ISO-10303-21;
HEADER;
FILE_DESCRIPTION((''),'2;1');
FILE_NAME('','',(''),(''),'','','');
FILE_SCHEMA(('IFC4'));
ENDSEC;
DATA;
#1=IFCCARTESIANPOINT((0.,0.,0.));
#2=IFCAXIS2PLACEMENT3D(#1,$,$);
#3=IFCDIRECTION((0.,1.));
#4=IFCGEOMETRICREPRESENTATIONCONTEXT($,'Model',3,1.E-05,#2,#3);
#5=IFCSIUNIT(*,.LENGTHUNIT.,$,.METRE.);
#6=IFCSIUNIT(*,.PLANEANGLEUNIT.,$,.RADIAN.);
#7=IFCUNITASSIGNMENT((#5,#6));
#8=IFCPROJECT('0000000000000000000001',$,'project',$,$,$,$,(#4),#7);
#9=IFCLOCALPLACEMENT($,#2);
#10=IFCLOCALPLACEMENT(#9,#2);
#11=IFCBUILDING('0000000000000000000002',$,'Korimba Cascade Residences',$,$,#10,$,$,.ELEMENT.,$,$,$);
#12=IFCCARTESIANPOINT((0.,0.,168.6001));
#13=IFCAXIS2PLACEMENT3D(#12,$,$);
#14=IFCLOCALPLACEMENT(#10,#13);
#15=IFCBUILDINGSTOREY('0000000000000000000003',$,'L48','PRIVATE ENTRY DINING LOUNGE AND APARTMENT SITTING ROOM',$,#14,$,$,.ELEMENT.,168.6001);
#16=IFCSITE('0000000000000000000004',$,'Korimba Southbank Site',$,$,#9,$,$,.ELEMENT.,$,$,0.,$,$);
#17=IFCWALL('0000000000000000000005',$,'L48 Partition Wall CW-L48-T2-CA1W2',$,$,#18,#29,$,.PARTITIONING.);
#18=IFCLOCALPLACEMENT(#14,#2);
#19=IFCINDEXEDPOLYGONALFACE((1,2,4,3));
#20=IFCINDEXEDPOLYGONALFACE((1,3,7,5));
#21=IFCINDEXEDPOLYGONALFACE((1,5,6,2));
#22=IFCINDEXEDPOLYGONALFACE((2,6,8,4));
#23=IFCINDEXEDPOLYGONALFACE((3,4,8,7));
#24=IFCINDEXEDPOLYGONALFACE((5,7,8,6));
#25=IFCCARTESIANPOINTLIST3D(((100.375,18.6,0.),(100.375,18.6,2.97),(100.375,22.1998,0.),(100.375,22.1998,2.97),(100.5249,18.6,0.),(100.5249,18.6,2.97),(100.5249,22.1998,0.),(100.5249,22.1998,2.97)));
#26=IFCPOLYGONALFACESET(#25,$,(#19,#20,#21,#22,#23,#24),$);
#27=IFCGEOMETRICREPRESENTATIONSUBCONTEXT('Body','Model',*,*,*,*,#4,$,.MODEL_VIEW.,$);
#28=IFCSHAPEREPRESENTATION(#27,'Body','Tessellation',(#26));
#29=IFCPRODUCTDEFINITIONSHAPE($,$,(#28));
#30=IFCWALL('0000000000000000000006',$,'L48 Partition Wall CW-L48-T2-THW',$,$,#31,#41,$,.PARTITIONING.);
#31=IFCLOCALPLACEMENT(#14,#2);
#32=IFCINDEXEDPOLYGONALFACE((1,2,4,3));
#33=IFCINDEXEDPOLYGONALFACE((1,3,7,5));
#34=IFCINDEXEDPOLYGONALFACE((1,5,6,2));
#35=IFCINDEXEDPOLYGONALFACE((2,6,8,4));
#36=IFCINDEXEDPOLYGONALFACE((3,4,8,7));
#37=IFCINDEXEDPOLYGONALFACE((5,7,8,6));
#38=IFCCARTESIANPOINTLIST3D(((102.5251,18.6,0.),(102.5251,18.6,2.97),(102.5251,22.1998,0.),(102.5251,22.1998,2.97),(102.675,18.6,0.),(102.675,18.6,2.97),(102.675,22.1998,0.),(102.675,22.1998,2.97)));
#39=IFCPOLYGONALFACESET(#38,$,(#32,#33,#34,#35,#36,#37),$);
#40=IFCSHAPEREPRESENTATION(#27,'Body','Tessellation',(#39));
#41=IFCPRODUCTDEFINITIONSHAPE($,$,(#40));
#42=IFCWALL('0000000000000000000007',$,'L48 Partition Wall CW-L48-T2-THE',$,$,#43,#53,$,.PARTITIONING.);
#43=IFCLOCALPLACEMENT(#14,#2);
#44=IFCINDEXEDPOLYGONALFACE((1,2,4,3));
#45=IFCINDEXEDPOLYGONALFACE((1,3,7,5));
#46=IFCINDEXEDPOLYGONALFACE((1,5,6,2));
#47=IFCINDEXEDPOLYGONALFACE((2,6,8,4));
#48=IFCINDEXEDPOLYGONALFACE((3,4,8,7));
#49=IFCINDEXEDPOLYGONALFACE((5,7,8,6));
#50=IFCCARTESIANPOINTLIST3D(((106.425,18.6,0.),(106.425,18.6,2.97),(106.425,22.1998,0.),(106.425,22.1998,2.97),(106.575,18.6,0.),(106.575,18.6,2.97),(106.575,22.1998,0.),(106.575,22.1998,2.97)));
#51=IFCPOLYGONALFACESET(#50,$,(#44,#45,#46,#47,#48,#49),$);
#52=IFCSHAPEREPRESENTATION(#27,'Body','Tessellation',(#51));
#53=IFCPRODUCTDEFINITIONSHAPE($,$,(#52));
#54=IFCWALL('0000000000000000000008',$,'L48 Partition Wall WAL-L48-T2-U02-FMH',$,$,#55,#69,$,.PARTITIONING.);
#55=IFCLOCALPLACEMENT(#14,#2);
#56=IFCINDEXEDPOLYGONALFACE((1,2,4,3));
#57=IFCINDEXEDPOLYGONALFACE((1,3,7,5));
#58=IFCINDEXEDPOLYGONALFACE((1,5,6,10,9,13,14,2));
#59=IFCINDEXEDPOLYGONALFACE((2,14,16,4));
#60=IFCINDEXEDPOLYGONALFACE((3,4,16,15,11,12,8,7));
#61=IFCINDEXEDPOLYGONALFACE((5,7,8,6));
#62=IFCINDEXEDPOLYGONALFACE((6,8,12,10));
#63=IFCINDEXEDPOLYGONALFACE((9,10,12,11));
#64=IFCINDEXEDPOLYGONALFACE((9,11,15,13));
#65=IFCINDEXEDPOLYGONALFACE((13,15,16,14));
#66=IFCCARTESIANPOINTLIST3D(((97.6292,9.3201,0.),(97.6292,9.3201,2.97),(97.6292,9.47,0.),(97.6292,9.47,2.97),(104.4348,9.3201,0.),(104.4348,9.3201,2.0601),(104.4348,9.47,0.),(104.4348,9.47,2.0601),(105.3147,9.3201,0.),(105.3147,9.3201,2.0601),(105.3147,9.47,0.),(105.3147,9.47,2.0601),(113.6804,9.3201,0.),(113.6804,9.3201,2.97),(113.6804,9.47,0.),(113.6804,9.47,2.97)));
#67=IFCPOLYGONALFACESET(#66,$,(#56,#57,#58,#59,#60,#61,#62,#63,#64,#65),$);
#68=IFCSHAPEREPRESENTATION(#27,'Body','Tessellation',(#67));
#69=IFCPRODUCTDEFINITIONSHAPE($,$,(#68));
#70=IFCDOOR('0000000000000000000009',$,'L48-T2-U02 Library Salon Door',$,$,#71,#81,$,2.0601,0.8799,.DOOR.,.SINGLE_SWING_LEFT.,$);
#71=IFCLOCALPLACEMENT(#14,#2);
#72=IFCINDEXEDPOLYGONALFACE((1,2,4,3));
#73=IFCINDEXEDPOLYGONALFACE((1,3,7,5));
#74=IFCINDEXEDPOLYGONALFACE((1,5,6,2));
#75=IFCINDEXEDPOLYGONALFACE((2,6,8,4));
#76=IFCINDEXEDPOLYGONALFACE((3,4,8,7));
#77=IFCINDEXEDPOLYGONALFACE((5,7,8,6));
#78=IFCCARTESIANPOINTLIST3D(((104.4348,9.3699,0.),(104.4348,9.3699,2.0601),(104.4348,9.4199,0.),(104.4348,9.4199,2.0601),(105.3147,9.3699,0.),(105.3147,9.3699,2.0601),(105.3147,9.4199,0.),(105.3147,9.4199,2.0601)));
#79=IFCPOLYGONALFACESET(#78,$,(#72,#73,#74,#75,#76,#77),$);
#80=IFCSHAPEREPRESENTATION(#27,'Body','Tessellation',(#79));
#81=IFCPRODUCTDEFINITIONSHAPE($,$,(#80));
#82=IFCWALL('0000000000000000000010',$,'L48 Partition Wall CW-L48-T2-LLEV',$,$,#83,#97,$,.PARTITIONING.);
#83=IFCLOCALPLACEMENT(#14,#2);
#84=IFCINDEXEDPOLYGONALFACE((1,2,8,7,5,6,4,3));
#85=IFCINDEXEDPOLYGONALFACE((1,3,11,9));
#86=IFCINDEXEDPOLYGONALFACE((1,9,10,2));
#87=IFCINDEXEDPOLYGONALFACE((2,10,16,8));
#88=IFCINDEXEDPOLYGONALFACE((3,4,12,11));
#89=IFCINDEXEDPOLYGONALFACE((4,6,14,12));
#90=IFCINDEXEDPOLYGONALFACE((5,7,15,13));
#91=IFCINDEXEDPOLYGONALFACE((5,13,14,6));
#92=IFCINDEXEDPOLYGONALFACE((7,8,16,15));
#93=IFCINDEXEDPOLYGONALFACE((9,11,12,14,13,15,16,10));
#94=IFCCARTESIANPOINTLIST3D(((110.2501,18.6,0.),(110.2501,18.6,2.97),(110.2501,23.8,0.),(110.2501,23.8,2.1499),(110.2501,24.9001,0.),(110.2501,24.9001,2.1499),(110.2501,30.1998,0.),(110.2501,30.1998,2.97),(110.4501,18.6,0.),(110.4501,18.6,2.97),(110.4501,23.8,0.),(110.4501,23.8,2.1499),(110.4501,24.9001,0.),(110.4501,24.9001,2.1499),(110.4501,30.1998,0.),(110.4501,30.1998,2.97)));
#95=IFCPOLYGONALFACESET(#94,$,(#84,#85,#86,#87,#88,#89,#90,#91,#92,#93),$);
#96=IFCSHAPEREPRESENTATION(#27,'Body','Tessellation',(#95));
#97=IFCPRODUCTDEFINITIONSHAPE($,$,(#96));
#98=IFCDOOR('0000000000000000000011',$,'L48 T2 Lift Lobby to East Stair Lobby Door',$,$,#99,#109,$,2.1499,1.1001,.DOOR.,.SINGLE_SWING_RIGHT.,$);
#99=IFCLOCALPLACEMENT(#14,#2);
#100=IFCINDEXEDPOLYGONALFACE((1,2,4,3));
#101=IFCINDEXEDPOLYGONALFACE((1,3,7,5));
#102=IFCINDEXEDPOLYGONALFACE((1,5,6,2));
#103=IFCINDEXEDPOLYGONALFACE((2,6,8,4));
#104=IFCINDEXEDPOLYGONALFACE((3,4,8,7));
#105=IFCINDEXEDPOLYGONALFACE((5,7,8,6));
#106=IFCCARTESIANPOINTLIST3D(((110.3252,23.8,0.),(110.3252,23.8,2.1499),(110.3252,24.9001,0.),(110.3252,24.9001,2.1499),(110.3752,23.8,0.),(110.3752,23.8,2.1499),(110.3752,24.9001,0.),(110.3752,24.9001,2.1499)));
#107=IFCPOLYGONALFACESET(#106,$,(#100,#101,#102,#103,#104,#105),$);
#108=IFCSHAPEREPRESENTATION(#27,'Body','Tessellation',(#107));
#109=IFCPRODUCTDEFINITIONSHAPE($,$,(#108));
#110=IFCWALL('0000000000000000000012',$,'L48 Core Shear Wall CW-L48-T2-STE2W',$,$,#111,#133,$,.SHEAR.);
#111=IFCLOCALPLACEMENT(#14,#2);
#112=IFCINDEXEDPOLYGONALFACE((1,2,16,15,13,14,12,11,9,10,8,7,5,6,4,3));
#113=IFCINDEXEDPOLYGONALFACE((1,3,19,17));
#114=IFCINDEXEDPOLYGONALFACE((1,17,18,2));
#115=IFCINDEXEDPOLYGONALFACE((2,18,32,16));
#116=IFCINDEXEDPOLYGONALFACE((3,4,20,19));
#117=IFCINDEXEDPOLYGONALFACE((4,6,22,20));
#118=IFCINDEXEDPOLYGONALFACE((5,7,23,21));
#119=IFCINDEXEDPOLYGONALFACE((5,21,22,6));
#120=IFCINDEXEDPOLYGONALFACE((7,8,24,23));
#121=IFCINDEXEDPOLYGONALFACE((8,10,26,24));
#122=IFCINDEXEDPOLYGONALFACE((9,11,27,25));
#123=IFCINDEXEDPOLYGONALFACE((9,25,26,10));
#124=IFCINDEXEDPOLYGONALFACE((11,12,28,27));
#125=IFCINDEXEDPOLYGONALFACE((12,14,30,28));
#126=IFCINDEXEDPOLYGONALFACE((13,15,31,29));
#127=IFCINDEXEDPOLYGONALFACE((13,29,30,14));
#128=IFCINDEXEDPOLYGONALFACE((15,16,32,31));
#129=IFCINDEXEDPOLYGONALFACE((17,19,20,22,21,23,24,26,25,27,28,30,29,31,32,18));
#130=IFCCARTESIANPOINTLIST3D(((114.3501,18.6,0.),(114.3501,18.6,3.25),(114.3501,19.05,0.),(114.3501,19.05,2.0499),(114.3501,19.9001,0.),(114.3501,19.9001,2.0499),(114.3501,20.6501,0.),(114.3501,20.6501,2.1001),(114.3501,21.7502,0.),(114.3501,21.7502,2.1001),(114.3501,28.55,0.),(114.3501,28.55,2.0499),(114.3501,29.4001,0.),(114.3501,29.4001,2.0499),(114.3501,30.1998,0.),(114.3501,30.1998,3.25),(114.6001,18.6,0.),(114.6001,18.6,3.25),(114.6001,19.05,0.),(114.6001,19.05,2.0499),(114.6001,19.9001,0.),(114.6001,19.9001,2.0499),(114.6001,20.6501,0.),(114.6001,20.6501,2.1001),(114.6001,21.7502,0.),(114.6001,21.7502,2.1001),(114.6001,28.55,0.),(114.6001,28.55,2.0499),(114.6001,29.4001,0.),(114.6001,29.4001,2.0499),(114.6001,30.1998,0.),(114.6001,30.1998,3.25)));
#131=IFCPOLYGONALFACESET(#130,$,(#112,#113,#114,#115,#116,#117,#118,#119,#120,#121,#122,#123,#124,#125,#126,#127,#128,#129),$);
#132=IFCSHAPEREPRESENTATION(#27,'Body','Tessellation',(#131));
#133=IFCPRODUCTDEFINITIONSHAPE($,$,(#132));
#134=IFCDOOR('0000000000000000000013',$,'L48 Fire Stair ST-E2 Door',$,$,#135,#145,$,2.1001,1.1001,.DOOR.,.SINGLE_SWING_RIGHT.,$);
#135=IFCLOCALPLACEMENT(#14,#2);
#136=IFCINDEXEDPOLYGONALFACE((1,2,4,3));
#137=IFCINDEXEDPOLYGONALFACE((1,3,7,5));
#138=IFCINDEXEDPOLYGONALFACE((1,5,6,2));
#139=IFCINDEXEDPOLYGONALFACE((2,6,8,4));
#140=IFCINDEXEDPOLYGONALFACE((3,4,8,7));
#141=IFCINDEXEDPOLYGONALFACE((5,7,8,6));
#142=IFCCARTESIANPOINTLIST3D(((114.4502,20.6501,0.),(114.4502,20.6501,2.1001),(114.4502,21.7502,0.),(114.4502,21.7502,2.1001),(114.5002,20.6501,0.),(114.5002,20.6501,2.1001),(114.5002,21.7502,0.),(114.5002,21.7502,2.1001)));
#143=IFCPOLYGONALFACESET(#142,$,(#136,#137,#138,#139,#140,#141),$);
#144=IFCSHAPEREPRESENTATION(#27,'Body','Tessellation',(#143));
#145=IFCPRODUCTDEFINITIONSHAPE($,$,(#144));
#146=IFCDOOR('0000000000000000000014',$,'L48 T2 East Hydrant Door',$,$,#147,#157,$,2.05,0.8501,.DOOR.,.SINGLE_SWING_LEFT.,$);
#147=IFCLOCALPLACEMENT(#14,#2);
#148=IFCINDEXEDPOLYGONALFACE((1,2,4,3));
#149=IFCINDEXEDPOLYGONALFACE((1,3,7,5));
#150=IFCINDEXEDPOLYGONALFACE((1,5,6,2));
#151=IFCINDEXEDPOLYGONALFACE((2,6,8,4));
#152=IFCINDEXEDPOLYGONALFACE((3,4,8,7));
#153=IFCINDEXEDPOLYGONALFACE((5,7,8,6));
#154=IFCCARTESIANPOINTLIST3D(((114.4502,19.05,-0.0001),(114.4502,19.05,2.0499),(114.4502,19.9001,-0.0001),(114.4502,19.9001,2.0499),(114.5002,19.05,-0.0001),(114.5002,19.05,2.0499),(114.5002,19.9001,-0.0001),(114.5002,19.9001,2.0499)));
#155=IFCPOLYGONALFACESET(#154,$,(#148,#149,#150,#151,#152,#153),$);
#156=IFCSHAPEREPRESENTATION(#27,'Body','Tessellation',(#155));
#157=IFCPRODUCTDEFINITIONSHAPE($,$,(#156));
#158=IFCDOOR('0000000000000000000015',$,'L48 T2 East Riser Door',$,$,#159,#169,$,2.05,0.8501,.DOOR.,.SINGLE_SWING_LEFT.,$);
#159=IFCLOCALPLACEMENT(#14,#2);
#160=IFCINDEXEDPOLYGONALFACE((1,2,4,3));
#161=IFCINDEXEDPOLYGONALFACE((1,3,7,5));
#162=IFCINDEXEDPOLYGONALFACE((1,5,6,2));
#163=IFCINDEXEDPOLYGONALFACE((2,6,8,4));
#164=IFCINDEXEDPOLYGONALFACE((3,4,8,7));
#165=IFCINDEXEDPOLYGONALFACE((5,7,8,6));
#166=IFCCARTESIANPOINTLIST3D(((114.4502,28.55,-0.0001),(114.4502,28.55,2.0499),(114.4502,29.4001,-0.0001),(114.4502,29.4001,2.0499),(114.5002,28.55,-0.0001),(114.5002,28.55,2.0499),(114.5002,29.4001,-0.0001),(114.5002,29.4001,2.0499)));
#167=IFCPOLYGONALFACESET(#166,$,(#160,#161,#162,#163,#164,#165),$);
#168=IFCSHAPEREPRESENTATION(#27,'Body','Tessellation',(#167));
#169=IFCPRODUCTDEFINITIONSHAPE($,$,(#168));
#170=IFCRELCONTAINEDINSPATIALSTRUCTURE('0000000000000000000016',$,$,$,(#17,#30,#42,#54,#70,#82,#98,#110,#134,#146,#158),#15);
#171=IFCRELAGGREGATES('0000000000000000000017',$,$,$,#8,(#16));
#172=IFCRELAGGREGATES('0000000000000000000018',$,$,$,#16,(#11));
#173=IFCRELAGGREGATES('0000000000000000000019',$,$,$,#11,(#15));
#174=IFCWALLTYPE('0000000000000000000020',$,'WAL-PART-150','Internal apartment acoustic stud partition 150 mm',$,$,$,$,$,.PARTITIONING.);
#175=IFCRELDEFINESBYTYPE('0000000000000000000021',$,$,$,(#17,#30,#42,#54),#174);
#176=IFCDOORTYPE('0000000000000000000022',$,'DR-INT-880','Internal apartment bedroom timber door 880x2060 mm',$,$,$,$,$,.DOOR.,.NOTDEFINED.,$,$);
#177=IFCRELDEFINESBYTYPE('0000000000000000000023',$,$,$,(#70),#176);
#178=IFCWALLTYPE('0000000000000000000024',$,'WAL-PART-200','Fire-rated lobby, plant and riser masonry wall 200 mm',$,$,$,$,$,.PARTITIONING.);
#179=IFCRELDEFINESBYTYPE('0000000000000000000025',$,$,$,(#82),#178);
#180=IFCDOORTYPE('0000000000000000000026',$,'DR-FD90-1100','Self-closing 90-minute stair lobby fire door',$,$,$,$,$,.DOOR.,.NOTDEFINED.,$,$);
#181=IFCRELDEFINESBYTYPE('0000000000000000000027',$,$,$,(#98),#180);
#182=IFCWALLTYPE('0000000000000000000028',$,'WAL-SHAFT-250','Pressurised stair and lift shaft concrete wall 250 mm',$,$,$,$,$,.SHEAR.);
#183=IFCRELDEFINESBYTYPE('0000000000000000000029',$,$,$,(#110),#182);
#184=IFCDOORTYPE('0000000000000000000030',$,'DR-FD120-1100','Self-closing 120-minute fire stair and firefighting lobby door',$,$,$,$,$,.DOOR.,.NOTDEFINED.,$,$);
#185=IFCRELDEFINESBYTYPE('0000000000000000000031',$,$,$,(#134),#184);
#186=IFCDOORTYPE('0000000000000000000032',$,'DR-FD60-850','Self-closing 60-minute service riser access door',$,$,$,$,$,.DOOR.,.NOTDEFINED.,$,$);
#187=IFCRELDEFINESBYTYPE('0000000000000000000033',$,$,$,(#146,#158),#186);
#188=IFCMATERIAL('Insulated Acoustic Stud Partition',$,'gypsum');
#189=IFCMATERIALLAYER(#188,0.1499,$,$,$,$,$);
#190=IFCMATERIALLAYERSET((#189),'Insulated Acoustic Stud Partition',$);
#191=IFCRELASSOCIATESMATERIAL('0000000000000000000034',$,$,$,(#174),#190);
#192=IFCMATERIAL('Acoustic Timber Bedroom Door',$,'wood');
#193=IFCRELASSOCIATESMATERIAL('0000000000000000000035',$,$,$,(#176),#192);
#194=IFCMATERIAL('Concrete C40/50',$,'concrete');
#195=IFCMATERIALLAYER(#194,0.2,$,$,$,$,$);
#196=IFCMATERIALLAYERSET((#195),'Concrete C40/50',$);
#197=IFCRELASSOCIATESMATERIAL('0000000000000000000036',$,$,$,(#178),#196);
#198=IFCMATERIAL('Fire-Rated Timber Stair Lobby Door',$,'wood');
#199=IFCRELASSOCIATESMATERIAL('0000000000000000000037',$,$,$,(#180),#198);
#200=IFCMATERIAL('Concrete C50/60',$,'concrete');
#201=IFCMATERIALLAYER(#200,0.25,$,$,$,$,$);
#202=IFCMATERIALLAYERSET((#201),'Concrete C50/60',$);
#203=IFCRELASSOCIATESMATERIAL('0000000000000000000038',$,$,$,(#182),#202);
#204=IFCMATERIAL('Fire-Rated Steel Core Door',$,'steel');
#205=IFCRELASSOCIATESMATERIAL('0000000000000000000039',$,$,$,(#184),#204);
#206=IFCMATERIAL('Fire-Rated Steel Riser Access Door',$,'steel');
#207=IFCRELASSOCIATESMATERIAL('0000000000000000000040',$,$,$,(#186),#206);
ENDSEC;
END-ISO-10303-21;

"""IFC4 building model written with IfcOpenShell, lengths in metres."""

from ifc_helpers import new_model, si_unit, direction, frame, frame_2d, origin, place, context, subcontext, project, spatial, rectangle, extrude, material, layer, layer_set, type_object, element, fill, save


model = new_model("IFC4")

# Units and contexts
model_context = context("Model", 3, precision=1e-05, world=origin(), true_north=direction((0.0, 1.0)))
body_context = subcontext(model_context, "Body", "Model", "MODEL_VIEW")
ifc_project = project(units=[si_unit("LENGTHUNIT", "METRE"), si_unit("PLANEANGLEUNIT", "RADIAN")], contexts=[model_context])

# Site, building, storey
site_placement = place(None, origin())
site = spatial("IfcSite", under=ifc_project, at=site_placement, Name="Korimba Southbank Site", CompositionType="ELEMENT", RefElevation=0.0)
building_placement = place(site_placement, origin())
building = spatial("IfcBuilding", under=site, at=building_placement, Name="Korimba Cascade Residences", CompositionType="ELEMENT")
storey_placement = place(building_placement, frame((0.0, 0.0, 168.6001)))
storey = spatial("IfcBuildingStorey", under=building, at=storey_placement, Name="L48", Description="PRIVATE ENTRY DINING LOUNGE AND APARTMENT SITTING ROOM", CompositionType="ELEMENT", Elevation=168.6001)

# Shared definitions
ifc_material_1 = material(Name="Concrete C50/60", Category="concrete")

# Walls
ifc_material_2 = material(Name="Insulated Acoustic Stud Partition", Category="gypsum")
ifc_layer_1 = layer(ifc_material_2, 0.1499)
ifc_layer_set_1 = layer_set([ifc_layer_1], Name="Insulated Acoustic Stud Partition")
wall_type_1 = type_object("IfcWallType", Name="WAL-PART-150", Description="Internal apartment acoustic stud partition 150 mm", PredefinedType="PARTITIONING", material=ifc_layer_set_1)
for number, where, z_axis, x_axis, name in (
    (1, (100.45, 18.6001, 0.0), (0.0, 0.0, 1.0), (0.0, 1.0, 0.0), "L48 Partition Wall CW-L48-T2-CA1W2"),
    (2, (102.6001, 18.6001, 0.0), (0.0, 0.0, 1.0), (0.0, 1.0, 0.0), "L48 Partition Wall CW-L48-T2-THW"),
    (3, (106.5, 18.6001, 0.0), (0.0, 0.0, 1.0), (0.0, 1.0, 0.0), "L48 Partition Wall CW-L48-T2-THE"),
):
    element("IfcWall", number, at=place(storey_placement, frame(where, z_axis=z_axis, x_axis=x_axis)), inside=storey, type_object=wall_type_1, Name=name, PredefinedType="PARTITIONING", context=body_context, shape_type="SweptSolid", body=[
        extrude(rectangle(XDim=3.5999, YDim=0.1499, at=frame_2d((1.7998, 0.0))), origin(), (0.0, 0.0, 1.0), 2.97),
    ])

# Walls, openings, doors
wall_1_placement = place(storey_placement, frame((97.6292, 9.395, 0.0), z_axis=(0.0, 0.0, 1.0), x_axis=(1.0, 0.0, 0.0)))
wall_1 = element("IfcWall", 4, at=wall_1_placement, inside=storey, type_object=wall_type_1, Name="L48 Partition Wall WAL-L48-T2-U02-FMH", PredefinedType="PARTITIONING", context=body_context, shape_type="SweptSolid", body=[
    extrude(rectangle(XDim=16.0513, YDim=0.1499, at=frame_2d((8.0256, 0.0))), origin(), (0.0, 0.0, 1.0), 2.97),
])
opening_1_placement = place(wall_1_placement, frame((6.8057, 0.0, 0.0)))
opening_1 = element("IfcOpeningElement", 5, at=opening_1_placement, cuts=wall_1, PredefinedType="OPENING", context=body_context, shape_type="SweptSolid", body=[
    extrude(rectangle(XDim=0.8799, YDim=2.0601, at=frame_2d((0.4399, 1.03))), frame((0.0, 0.085, 0.0), z_axis=(0.0, -1.0, 0.0), x_axis=(1.0, 0.0, 0.0)), (0.0, 0.0, 1.0), 0.1699),
])
ifc_material_3 = material(Name="Acoustic Timber Bedroom Door", Category="wood")
door_type_1 = type_object("IfcDoorType", Name="DR-INT-880", Description="Internal apartment bedroom timber door 880x2060 mm", OperationType="NOTDEFINED", PredefinedType="DOOR", material=ifc_material_3)
door_1_placement = place(opening_1_placement, origin())
door_1 = element("IfcDoor", 6, at=door_1_placement, inside=storey, type_object=door_type_1, Name="L48-T2-U02 Library Salon Door", OperationType="SINGLE_SWING_LEFT", OverallHeight=2.0601, OverallWidth=0.8799, PredefinedType="DOOR", context=body_context, shape_type="SweptSolid", body=[
    extrude(rectangle(XDim=0.8799, YDim=2.0601, at=frame_2d((0.4399, 1.03))), frame((0.0, 0.0249, 0.0), z_axis=(0.0, -1.0, 0.0), x_axis=(1.0, 0.0, 0.0)), (0.0, 0.0, 1.0), 0.05),
])
fill(opening_1, door_1)
ifc_material_4 = material(Name="Concrete C40/50", Category="concrete")
ifc_layer_2 = layer(ifc_material_4, 0.2)
ifc_layer_set_2 = layer_set([ifc_layer_2], Name="Concrete C40/50")
wall_type_2 = type_object("IfcWallType", Name="WAL-PART-200", Description="Fire-rated lobby, plant and riser masonry wall 200 mm", PredefinedType="PARTITIONING", material=ifc_layer_set_2)
wall_2_placement = place(storey_placement, frame((110.3501, 18.6001, 0.0), z_axis=(0.0, 0.0, 1.0), x_axis=(0.0, 1.0, 0.0)))
wall_2 = element("IfcWall", 7, at=wall_2_placement, inside=storey, type_object=wall_type_2, Name="L48 Partition Wall CW-L48-T2-LLEV", PredefinedType="PARTITIONING", context=body_context, shape_type="SweptSolid", body=[
    extrude(rectangle(XDim=11.5999, YDim=0.2, at=frame_2d((5.7998, 0.0))), origin(), (0.0, 0.0, 1.0), 2.97),
])
opening_2_placement = place(wall_2_placement, frame((5.2, 0.0, 0.0)))
opening_2 = element("IfcOpeningElement", 8, at=opening_2_placement, cuts=wall_2, PredefinedType="OPENING", context=body_context, shape_type="SweptSolid", body=[
    extrude(rectangle(XDim=1.1001, YDim=2.1499, at=frame_2d((0.55, 1.075))), frame((0.0, 0.1099, 0.0), z_axis=(0.0, -1.0, 0.0), x_axis=(1.0, 0.0, 0.0)), (0.0, 0.0, 1.0), 0.22),
])
ifc_material_5 = material(Name="Fire-Rated Timber Stair Lobby Door", Category="wood")
door_type_2 = type_object("IfcDoorType", Name="DR-FD90-1100", Description="Self-closing 90-minute stair lobby fire door", OperationType="NOTDEFINED", PredefinedType="DOOR", material=ifc_material_5)
door_2_placement = place(opening_2_placement, origin())
door_2 = element("IfcDoor", 9, at=door_2_placement, inside=storey, type_object=door_type_2, Name="L48 T2 Lift Lobby to East Stair Lobby Door", OperationType="SINGLE_SWING_RIGHT", OverallHeight=2.1499, OverallWidth=1.1001, PredefinedType="DOOR", context=body_context, shape_type="SweptSolid", body=[
    extrude(rectangle(XDim=1.1001, YDim=2.1499, at=frame_2d((0.55, 1.075))), frame((0.0, 0.0249, 0.0), z_axis=(0.0, -1.0, 0.0), x_axis=(1.0, 0.0, 0.0)), (0.0, 0.0, 1.0), 0.05),
])
fill(opening_2, door_2)

# Wall, openings, doors
ifc_layer_3 = layer(ifc_material_1, 0.25)
ifc_layer_set_3 = layer_set([ifc_layer_3], Name="Concrete C50/60")
wall_type_3 = type_object("IfcWallType", Name="WAL-SHAFT-250", Description="Pressurised stair and lift shaft concrete wall 250 mm", PredefinedType="SHEAR", material=ifc_layer_set_3)
wall_3_placement = place(storey_placement, frame((114.4751, 18.6001, 0.0), z_axis=(0.0, 0.0, 1.0), x_axis=(0.0, 1.0, 0.0)))
wall_3 = element("IfcWall", 10, at=wall_3_placement, inside=storey, type_object=wall_type_3, Name="L48 Core Shear Wall CW-L48-T2-STE2W", PredefinedType="SHEAR", context=body_context, shape_type="SweptSolid", body=[
    extrude(rectangle(XDim=11.5999, YDim=0.25, at=frame_2d((5.7998, 0.0))), origin(), (0.0, 0.0, 1.0), 3.25),
])
opening_3_placement = place(wall_3_placement, frame((0.45, 0.0, 0.0)))
opening_3 = element("IfcOpeningElement", 11, at=opening_3_placement, cuts=wall_3, PredefinedType="OPENING", context=body_context, shape_type="SweptSolid", body=[
    extrude(rectangle(XDim=0.8501, YDim=2.05, at=frame_2d((0.425, 1.0249))), frame((0.0, 0.135, 0.0), z_axis=(0.0, -1.0, 0.0), x_axis=(1.0, 0.0, 0.0)), (0.0, 0.0, 1.0), 0.27),
])
opening_4_placement = place(wall_3_placement, frame((2.05, 0.0, 0.0)))
opening_4 = element("IfcOpeningElement", 12, at=opening_4_placement, cuts=wall_3, PredefinedType="OPENING", context=body_context, shape_type="SweptSolid", body=[
    extrude(rectangle(XDim=1.1001, YDim=2.1001, at=frame_2d((0.55, 1.05))), frame((0.0, 0.135, 0.0), z_axis=(0.0, -1.0, 0.0), x_axis=(1.0, 0.0, 0.0)), (0.0, 0.0, 1.0), 0.27),
])
opening_5_placement = place(wall_3_placement, frame((9.95, 0.0, 0.0)))
opening_5 = element("IfcOpeningElement", 13, at=opening_5_placement, cuts=wall_3, PredefinedType="OPENING", context=body_context, shape_type="SweptSolid", body=[
    extrude(rectangle(XDim=0.8501, YDim=2.05, at=frame_2d((0.425, 1.0249))), frame((0.0, 0.135, 0.0), z_axis=(0.0, -1.0, 0.0), x_axis=(1.0, 0.0, 0.0)), (0.0, 0.0, 1.0), 0.27),
])
ifc_material_6 = material(Name="Fire-Rated Steel Core Door", Category="steel")
door_type_3 = type_object("IfcDoorType", Name="DR-FD120-1100", Description="Self-closing 120-minute fire stair and firefighting lobby door", OperationType="NOTDEFINED", PredefinedType="DOOR", material=ifc_material_6)
door_3_placement = place(opening_4_placement, origin())
door_3 = element("IfcDoor", 14, at=door_3_placement, inside=storey, type_object=door_type_3, Name="L48 Fire Stair ST-E2 Door", OperationType="SINGLE_SWING_RIGHT", OverallHeight=2.1001, OverallWidth=1.1001, PredefinedType="DOOR", context=body_context, shape_type="SweptSolid", body=[
    extrude(rectangle(XDim=1.1001, YDim=2.1001, at=frame_2d((0.55, 1.05))), frame((0.0, 0.0249, 0.0), z_axis=(0.0, -1.0, 0.0), x_axis=(1.0, 0.0, 0.0)), (0.0, 0.0, 1.0), 0.05),
])
fill(opening_4, door_3)
ifc_material_7 = material(Name="Fire-Rated Steel Riser Access Door", Category="steel")
door_type_4 = type_object("IfcDoorType", Name="DR-FD60-850", Description="Self-closing 60-minute service riser access door", OperationType="NOTDEFINED", PredefinedType="DOOR", material=ifc_material_7)
door_4_placement = place(opening_3_placement, origin())
door_4 = element("IfcDoor", 15, at=door_4_placement, inside=storey, type_object=door_type_4, Name="L48 T2 East Hydrant Door", OperationType="SINGLE_SWING_LEFT", OverallHeight=2.05, OverallWidth=0.8501, PredefinedType="DOOR", context=body_context, shape_type="SweptSolid", body=[
    extrude(rectangle(XDim=0.8501, YDim=2.05, at=frame_2d((0.425, 1.0249))), frame((0.0, 0.0249, 0.0), z_axis=(0.0, -1.0, 0.0), x_axis=(1.0, 0.0, 0.0)), (0.0, 0.0, 1.0), 0.05),
])
fill(opening_3, door_4)
door_5_placement = place(opening_5_placement, origin())
door_5 = element("IfcDoor", 16, at=door_5_placement, inside=storey, type_object=door_type_4, Name="L48 T2 East Riser Door", OperationType="SINGLE_SWING_LEFT", OverallHeight=2.05, OverallWidth=0.8501, PredefinedType="DOOR", context=body_context, shape_type="SweptSolid", body=[
    extrude(rectangle(XDim=0.8501, YDim=2.05, at=frame_2d((0.425, 1.0249))), frame((0.0, 0.0249, 0.0), z_axis=(0.0, -1.0, 0.0), x_axis=(1.0, 0.0, 0.0)), (0.0, 0.0, 1.0), 0.05),
])
fill(opening_5, door_5)

save(model, "model.ifc")
